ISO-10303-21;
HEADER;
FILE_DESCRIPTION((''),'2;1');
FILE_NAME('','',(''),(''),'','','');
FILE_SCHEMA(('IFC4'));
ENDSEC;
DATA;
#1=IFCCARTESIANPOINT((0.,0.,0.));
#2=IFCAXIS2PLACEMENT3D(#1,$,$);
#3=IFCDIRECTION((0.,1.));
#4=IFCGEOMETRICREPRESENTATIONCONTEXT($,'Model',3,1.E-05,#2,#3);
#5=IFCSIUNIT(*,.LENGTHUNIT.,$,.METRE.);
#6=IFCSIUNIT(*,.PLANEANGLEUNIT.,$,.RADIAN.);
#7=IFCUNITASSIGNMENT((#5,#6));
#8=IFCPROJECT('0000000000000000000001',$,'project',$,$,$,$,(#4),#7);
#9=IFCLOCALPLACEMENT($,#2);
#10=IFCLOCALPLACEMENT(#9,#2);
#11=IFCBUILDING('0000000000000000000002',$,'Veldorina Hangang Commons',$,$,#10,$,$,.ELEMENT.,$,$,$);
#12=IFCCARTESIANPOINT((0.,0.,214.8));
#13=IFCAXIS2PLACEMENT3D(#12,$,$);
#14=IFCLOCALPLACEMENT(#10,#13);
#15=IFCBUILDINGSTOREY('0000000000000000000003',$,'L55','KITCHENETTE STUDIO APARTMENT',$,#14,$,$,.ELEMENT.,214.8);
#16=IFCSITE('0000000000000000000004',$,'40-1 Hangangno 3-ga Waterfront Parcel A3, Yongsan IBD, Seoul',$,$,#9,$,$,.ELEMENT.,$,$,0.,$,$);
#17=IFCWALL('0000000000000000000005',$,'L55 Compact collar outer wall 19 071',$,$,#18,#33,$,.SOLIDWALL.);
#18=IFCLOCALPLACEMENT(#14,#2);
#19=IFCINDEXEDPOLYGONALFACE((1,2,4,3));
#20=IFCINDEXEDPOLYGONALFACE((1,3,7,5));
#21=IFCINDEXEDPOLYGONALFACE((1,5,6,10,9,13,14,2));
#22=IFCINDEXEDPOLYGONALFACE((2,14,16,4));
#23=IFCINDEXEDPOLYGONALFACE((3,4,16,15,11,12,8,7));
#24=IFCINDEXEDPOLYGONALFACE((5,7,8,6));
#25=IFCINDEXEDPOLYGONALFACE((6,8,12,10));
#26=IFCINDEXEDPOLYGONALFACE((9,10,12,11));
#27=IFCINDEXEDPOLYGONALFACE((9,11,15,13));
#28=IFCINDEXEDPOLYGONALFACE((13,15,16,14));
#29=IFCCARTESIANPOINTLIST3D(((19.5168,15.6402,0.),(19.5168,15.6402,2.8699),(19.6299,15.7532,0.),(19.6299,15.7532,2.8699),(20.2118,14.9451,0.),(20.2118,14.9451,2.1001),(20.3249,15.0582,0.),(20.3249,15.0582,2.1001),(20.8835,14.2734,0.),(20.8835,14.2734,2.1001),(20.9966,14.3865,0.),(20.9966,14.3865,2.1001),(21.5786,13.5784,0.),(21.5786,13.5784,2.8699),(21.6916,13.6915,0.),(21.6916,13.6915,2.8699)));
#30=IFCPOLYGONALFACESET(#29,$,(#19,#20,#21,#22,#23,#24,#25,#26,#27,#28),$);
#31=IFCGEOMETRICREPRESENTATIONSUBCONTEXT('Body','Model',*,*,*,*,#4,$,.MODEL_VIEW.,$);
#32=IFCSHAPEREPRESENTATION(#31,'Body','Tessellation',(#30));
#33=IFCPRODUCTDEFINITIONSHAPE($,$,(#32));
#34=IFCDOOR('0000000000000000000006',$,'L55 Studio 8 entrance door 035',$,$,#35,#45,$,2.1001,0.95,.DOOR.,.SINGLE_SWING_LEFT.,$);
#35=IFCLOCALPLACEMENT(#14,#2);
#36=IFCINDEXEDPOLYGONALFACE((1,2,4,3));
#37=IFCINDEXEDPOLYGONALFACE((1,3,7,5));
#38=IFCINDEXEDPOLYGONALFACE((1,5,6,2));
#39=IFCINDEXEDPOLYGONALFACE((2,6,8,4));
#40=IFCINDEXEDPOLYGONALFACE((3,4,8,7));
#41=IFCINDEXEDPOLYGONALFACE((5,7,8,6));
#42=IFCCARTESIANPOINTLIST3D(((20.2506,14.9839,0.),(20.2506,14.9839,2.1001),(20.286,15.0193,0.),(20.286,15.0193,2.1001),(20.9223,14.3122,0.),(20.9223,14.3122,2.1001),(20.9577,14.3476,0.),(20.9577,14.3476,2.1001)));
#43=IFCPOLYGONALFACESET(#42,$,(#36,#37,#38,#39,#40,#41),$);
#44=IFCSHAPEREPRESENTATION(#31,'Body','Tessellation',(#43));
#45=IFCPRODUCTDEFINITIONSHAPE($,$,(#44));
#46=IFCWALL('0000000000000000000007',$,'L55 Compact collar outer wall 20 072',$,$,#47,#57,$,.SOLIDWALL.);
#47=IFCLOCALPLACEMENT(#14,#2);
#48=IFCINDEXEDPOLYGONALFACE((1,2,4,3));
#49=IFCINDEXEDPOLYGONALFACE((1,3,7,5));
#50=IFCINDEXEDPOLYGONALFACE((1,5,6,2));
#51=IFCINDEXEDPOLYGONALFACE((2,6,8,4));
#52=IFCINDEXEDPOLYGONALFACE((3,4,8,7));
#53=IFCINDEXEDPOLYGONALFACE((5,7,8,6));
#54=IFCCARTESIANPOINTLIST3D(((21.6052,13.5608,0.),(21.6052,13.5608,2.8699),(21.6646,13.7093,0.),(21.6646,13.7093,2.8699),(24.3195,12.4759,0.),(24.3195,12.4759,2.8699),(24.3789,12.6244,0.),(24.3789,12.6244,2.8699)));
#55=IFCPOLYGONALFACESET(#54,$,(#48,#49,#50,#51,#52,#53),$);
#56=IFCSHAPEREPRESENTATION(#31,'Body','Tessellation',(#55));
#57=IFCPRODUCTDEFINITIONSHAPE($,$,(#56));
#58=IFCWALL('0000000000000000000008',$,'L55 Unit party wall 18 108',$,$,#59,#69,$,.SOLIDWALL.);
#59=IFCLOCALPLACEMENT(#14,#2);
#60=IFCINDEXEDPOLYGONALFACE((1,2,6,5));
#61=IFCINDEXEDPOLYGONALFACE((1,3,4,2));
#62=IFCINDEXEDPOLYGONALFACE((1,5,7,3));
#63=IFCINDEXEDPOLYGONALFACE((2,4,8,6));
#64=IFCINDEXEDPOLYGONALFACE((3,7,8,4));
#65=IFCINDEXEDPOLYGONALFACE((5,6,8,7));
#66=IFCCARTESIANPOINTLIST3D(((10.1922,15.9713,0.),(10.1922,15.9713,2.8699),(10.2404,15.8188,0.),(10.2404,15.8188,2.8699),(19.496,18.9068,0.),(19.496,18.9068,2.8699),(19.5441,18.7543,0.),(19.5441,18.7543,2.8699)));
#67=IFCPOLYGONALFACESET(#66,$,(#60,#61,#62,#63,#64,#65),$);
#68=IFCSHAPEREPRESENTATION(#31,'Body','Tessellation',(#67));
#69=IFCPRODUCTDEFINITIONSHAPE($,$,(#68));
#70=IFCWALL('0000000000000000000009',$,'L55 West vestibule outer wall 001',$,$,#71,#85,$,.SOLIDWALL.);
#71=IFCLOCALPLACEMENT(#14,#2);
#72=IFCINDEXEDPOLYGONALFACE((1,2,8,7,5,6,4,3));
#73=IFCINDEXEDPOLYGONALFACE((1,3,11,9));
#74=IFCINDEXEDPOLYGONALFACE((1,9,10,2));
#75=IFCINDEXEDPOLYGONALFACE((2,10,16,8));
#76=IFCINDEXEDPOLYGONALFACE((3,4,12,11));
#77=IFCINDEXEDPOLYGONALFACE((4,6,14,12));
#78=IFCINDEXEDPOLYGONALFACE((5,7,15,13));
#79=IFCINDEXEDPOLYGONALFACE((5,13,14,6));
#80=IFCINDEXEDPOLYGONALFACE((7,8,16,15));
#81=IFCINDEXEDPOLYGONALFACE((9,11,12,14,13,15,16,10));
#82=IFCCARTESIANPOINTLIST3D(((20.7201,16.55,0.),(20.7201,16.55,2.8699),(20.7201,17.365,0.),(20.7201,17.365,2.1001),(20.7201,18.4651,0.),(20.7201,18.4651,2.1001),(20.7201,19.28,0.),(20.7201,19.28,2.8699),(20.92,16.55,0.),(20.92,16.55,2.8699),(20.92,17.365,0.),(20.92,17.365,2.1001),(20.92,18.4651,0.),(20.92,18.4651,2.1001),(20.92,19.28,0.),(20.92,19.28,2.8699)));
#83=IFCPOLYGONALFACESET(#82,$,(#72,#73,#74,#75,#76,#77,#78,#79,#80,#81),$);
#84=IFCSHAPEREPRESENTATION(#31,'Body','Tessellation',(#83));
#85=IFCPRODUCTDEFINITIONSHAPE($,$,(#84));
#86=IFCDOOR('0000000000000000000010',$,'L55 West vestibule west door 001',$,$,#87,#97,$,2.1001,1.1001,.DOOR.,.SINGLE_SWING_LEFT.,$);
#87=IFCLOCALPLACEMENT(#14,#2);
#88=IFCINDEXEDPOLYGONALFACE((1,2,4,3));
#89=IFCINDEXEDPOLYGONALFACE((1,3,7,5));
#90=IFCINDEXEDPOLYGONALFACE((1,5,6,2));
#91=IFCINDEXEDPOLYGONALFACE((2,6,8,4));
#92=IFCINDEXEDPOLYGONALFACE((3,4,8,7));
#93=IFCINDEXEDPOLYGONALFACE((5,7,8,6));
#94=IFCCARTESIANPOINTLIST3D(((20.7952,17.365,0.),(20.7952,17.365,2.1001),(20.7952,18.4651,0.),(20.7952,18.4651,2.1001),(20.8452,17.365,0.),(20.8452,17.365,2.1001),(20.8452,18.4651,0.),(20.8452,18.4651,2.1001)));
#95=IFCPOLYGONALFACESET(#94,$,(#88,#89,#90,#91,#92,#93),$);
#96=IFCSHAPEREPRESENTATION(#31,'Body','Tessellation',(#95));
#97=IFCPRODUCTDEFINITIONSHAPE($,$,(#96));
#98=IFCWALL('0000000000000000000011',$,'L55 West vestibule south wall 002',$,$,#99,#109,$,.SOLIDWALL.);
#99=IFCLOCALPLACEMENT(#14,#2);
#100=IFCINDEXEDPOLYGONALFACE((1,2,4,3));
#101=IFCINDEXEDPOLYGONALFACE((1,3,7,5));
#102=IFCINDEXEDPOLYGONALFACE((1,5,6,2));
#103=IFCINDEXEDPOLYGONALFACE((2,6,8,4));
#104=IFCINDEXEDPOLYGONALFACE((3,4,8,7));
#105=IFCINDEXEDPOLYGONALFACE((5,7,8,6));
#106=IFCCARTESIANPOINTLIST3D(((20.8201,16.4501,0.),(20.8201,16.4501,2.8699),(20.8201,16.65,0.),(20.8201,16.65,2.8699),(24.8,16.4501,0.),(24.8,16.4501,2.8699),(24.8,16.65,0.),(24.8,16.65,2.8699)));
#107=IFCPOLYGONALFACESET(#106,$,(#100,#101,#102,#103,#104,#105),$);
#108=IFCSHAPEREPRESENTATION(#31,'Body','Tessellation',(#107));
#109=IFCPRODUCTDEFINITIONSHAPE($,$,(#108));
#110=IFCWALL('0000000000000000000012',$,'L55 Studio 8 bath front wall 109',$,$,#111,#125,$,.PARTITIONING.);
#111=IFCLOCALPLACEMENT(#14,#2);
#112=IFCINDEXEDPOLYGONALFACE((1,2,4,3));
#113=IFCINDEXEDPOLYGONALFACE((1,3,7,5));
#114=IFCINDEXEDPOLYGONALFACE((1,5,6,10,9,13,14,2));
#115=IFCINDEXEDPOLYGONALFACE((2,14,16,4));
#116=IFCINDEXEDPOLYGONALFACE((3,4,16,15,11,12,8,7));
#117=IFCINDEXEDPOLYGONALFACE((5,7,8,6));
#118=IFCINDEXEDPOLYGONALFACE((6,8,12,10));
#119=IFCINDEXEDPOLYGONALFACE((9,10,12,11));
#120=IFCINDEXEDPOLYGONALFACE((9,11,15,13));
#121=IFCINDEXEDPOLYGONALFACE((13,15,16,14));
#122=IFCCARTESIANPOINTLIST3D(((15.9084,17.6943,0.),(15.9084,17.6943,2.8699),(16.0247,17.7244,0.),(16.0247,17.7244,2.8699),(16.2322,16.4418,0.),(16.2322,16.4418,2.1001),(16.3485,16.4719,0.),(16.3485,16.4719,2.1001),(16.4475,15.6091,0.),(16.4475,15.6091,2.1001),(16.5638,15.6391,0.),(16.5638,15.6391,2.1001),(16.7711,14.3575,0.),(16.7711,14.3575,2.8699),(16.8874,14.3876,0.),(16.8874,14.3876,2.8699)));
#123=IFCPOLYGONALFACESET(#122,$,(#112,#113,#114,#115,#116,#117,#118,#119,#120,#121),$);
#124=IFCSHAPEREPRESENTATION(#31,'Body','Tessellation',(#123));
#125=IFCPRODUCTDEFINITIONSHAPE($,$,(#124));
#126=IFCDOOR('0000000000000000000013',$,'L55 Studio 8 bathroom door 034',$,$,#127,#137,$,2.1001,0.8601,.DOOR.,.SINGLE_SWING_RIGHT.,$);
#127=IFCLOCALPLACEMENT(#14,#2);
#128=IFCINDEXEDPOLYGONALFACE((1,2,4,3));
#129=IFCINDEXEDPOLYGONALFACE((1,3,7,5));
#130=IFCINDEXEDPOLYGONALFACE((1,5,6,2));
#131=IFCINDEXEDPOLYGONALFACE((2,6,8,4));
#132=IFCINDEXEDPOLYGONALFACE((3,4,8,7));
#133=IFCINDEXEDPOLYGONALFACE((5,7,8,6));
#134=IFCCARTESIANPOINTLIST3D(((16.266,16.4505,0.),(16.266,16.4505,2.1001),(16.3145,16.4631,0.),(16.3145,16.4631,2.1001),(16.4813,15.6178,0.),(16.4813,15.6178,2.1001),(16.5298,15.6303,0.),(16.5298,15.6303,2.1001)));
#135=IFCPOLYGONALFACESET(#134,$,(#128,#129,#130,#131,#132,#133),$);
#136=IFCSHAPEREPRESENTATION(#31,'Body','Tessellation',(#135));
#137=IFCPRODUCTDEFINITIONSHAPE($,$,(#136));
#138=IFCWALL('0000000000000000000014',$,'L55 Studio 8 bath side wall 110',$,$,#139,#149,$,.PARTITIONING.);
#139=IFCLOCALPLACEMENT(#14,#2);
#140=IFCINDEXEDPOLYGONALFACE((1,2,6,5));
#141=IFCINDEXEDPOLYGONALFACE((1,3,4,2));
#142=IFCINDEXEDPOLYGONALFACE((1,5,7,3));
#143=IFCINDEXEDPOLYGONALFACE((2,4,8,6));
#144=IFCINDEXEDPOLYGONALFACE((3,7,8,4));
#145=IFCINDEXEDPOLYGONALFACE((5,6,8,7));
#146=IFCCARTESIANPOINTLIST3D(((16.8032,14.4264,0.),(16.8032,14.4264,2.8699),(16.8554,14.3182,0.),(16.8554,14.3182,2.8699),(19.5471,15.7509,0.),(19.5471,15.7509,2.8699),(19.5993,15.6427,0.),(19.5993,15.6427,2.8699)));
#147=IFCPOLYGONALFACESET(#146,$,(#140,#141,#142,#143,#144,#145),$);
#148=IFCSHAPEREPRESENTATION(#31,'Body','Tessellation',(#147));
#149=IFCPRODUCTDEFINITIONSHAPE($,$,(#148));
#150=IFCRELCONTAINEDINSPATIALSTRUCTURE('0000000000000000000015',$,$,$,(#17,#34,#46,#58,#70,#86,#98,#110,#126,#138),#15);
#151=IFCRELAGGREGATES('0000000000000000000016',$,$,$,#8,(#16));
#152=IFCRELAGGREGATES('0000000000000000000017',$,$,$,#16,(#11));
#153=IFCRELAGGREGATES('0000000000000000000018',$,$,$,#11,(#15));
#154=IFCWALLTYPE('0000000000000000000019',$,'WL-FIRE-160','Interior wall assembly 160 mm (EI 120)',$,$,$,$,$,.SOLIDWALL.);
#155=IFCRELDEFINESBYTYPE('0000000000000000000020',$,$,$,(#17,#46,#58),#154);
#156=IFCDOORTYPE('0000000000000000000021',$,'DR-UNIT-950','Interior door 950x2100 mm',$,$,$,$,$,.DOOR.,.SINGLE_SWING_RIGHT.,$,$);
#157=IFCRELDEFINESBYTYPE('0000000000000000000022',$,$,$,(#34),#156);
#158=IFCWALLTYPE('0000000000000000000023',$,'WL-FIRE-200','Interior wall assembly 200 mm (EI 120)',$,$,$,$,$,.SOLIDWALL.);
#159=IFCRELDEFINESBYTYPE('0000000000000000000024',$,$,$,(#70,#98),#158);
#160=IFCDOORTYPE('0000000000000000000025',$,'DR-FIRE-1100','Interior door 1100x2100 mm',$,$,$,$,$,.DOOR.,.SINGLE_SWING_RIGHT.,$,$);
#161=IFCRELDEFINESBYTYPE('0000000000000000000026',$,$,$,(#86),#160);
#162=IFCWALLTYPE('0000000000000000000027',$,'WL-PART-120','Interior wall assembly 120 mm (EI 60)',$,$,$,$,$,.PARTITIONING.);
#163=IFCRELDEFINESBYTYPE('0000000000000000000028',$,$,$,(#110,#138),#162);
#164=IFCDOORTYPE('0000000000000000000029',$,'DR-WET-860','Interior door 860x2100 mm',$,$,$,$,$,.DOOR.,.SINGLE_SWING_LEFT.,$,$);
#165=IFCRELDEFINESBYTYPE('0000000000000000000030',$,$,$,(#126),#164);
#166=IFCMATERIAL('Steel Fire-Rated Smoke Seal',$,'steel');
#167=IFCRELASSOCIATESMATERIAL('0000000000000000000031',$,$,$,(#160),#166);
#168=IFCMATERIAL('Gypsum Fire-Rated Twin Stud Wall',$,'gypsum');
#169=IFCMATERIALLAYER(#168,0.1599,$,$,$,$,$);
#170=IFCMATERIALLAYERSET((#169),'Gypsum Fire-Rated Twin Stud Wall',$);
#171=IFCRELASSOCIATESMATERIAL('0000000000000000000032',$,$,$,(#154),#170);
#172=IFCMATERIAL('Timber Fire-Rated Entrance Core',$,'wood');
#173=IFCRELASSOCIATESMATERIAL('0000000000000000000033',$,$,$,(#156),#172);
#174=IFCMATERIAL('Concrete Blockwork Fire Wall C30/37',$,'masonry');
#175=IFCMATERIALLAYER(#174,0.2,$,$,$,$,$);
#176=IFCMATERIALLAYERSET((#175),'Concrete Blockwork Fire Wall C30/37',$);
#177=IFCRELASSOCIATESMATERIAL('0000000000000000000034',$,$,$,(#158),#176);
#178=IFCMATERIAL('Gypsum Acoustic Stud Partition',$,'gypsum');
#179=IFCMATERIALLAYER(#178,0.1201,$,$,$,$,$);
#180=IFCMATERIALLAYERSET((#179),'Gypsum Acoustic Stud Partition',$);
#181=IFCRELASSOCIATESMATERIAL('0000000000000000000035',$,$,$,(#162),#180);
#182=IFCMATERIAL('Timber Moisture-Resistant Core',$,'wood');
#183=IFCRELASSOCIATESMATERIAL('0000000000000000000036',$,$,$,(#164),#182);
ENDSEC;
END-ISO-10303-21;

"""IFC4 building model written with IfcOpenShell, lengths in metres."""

from ifc_helpers import new_model, si_unit, direction, frame, frame_2d, origin, place, context, subcontext, project, spatial, rectangle, extrude, material, layer, layer_set, type_object, element, fill, save


model = new_model("IFC4")

# Units and contexts
model_context = context("Model", 3, precision=1e-05, world=origin(), true_north=direction((0.0, 1.0)))
body_context = subcontext(model_context, "Body", "Model", "MODEL_VIEW")
ifc_project = project(units=[si_unit("LENGTHUNIT", "METRE"), si_unit("PLANEANGLEUNIT", "RADIAN")], contexts=[model_context])

# Site, building, storey
site_placement = place(None, origin())
site = spatial("IfcSite", under=ifc_project, at=site_placement, Name="40-1 Hangangno 3-ga Waterfront Parcel A3, Yongsan IBD, Seoul", CompositionType="ELEMENT", RefElevation=0.0)
building_placement = place(site_placement, origin())
building = spatial("IfcBuilding", under=site, at=building_placement, Name="Veldorina Hangang Commons", CompositionType="ELEMENT")
storey_placement = place(building_placement, frame((0.0, 0.0, 214.8)))
storey = spatial("IfcBuildingStorey", under=building, at=storey_placement, Name="L55", Description="KITCHENETTE STUDIO APARTMENT", CompositionType="ELEMENT", Elevation=214.8)

# Shared definitions
ifc_material_1 = material(Name="Steel Fire-Rated Smoke Seal", Category="steel")
door_type_1 = type_object("IfcDoorType", Name="DR-FIRE-1100", Description="Interior door 1100x2100 mm", OperationType="SINGLE_SWING_RIGHT", PredefinedType="DOOR", material=ifc_material_1)

# Shared definitions
ifc_material_2 = material(Name="Gypsum Fire-Rated Twin Stud Wall", Category="gypsum")
ifc_layer_1 = layer(ifc_material_2, 0.1599)
ifc_layer_set_1 = layer_set([ifc_layer_1], Name="Gypsum Fire-Rated Twin Stud Wall")
wall_type_1 = type_object("IfcWallType", Name="WL-FIRE-160", Description="Interior wall assembly 160 mm (EI 120)", PredefinedType="SOLIDWALL", material=ifc_layer_set_1)

# Wall, opening, door
wall_1_placement = place(storey_placement, frame((19.5732, 15.6968, 0.0), z_axis=(0.0, 0.0, 1.0), x_axis=(0.707107, -0.707107, 0.0)))
wall_1 = element("IfcWall", 1, at=wall_1_placement, inside=storey, type_object=wall_type_1, Name="L55 Compact collar outer wall 19 071", PredefinedType="SOLIDWALL", context=body_context, shape_type="SweptSolid", body=[
    extrude(rectangle(XDim=2.9158, YDim=0.1599, at=frame_2d((1.458, 0.0))), origin(), (0.0, 0.0, 1.0), 2.8699),
])
opening_1_placement = place(wall_1_placement, frame((0.9829, 0.0, 0.0)))
opening_1 = element("IfcOpeningElement", 2, at=opening_1_placement, cuts=wall_1, PredefinedType="OPENING", context=body_context, shape_type="SweptSolid", body=[
    extrude(rectangle(XDim=0.95, YDim=2.1001, at=frame_2d((0.4751, 1.05))), frame((0.0, 0.0898, 0.0), z_axis=(0.0, -1.0, 0.0), x_axis=(1.0, 0.0, 0.0)), (0.0, 0.0, 1.0), 0.1799),
])
ifc_material_3 = material(Name="Timber Fire-Rated Entrance Core", Category="wood")
door_type_2 = type_object("IfcDoorType", Name="DR-UNIT-950", Description="Interior door 950x2100 mm", OperationType="SINGLE_SWING_RIGHT", PredefinedType="DOOR", material=ifc_material_3)
door_1_placement = place(opening_1_placement, origin())
door_1 = element("IfcDoor", 3, at=door_1_placement, inside=storey, type_object=door_type_2, Name="L55 Studio 8 entrance door 035", OperationType="SINGLE_SWING_LEFT", OverallHeight=2.1001, OverallWidth=0.95, PredefinedType="DOOR", context=body_context, shape_type="SweptSolid", body=[
    extrude(rectangle(XDim=0.95, YDim=2.1001, at=frame_2d((0.4751, 1.05))), frame((0.0, 0.0249, 0.0), z_axis=(0.0, -1.0, 0.0), x_axis=(1.0, 0.0, 0.0)), (0.0, 0.0, 1.0), 0.05),
])
fill(opening_1, door_1)

# Walls
wall_2_placement = place(storey_placement, frame((21.635, 13.635, 0.0), z_axis=(0.0, 0.0, 1.0), x_axis=(0.928569, -0.37116, 0.0)))
element("IfcWall", 4, at=wall_2_placement, inside=storey, type_object=wall_type_1, Name="L55 Compact collar outer wall 20 072", PredefinedType="SOLIDWALL", context=body_context, shape_type="SweptSolid", body=[
    extrude(rectangle(XDim=2.9231, YDim=0.1599, at=frame_2d((1.4614, 0.0))), origin(), (0.0, 0.0, 1.0), 2.8699),
])
wall_3_placement = place(storey_placement, frame((19.52, 18.8306, 0.0), z_axis=(0.0, 0.0, 1.0), x_axis=(-0.953655, -0.300901, 0.0)))
element("IfcWall", 5, at=wall_3_placement, inside=storey, type_object=wall_type_1, Name="L55 Unit party wall 18 108", PredefinedType="SOLIDWALL", context=body_context, shape_type="SweptSolid", body=[
    extrude(rectangle(XDim=9.7559, YDim=0.1599, at=frame_2d((4.8779, 0.0))), origin(), (0.0, 0.0, 1.0), 2.8699),
])

# Wall, opening, door
ifc_material_4 = material(Name="Concrete Blockwork Fire Wall C30/37", Category="masonry")
ifc_layer_2 = layer(ifc_material_4, 0.2)
ifc_layer_set_2 = layer_set([ifc_layer_2], Name="Concrete Blockwork Fire Wall C30/37")
wall_type_2 = type_object("IfcWallType", Name="WL-FIRE-200", Description="Interior wall assembly 200 mm (EI 120)", PredefinedType="SOLIDWALL", material=ifc_layer_set_2)
wall_4_placement = place(storey_placement, frame((20.8201, 16.55, 0.0), z_axis=(0.0, 0.0, 1.0), x_axis=(0.0, 1.0, 0.0)))
wall_4 = element("IfcWall", 6, at=wall_4_placement, inside=storey, type_object=wall_type_2, Name="L55 West vestibule outer wall 001", PredefinedType="SOLIDWALL", context=body_context, shape_type="SweptSolid", body=[
    extrude(rectangle(XDim=2.73, YDim=0.2, at=frame_2d((1.365, 0.0))), origin(), (0.0, 0.0, 1.0), 2.8699),
])
opening_2_placement = place(wall_4_placement, frame((0.8149, 0.0, 0.0)))
opening_2 = element("IfcOpeningElement", 7, at=opening_2_placement, cuts=wall_4, PredefinedType="OPENING", context=body_context, shape_type="SweptSolid", body=[
    extrude(rectangle(XDim=1.1001, YDim=2.1001, at=frame_2d((0.55, 1.05))), frame((0.0, 0.1099, 0.0), z_axis=(0.0, -1.0, 0.0), x_axis=(1.0, 0.0, 0.0)), (0.0, 0.0, 1.0), 0.22),
])
door_2_placement = place(opening_2_placement, origin())
door_2 = element("IfcDoor", 8, at=door_2_placement, inside=storey, type_object=door_type_1, Name="L55 West vestibule west door 001", OperationType="SINGLE_SWING_LEFT", OverallHeight=2.1001, OverallWidth=1.1001, PredefinedType="DOOR", context=body_context, shape_type="SweptSolid", body=[
    extrude(rectangle(XDim=1.1001, YDim=2.1001, at=frame_2d((0.55, 1.05))), frame((0.0, 0.0249, 0.0), z_axis=(0.0, -1.0, 0.0), x_axis=(1.0, 0.0, 0.0)), (0.0, 0.0, 1.0), 0.05),
])
fill(opening_2, door_2)

# Wall
wall_5_placement = place(storey_placement, frame((20.8201, 16.55, 0.0), z_axis=(0.0, 0.0, 1.0), x_axis=(1.0, 0.0, 0.0)))
element("IfcWall", 9, at=wall_5_placement, inside=storey, type_object=wall_type_2, Name="L55 West vestibule south wall 002", PredefinedType="SOLIDWALL", context=body_context, shape_type="SweptSolid", body=[
    extrude(rectangle(XDim=3.98, YDim=0.2, at=frame_2d((1.99, 0.0))), origin(), (0.0, 0.0, 1.0), 2.8699),
])

# Wall, opening, door
ifc_material_5 = material(Name="Gypsum Acoustic Stud Partition", Category="gypsum")
ifc_layer_3 = layer(ifc_material_5, 0.1201)
ifc_layer_set_3 = layer_set([ifc_layer_3], Name="Gypsum Acoustic Stud Partition")
wall_type_3 = type_object("IfcWallType", Name="WL-PART-120", Description="Interior wall assembly 120 mm (EI 60)", PredefinedType="PARTITIONING", material=ifc_layer_set_3)
wall_6_placement = place(storey_placement, frame((15.9666, 17.7092, 0.0), z_axis=(0.0, 0.0, 1.0), x_axis=(0.250328, -0.968161, 0.0)))
wall_6 = element("IfcWall", 10, at=wall_6_placement, inside=storey, type_object=wall_type_3, Name="L55 Studio 8 bath front wall 109", PredefinedType="PARTITIONING", context=body_context, shape_type="SweptSolid", body=[
    extrude(rectangle(XDim=3.4465, YDim=0.1201, at=frame_2d((1.7231, 0.0))), origin(), (0.0, 0.0, 1.0), 2.8699),
])
opening_3_placement = place(wall_6_placement, frame((1.2935, 0.0, 0.0)))
opening_3 = element("IfcOpeningElement", 11, at=opening_3_placement, cuts=wall_6, PredefinedType="OPENING", context=body_context, shape_type="SweptSolid", body=[
    extrude(rectangle(XDim=0.8601, YDim=2.1001, at=frame_2d((0.4302, 1.05))), frame((0.0, 0.0701, 0.0), z_axis=(0.0, -1.0, 0.0), x_axis=(1.0, 0.0, 0.0)), (0.0, 0.0, 1.0), 0.1401),
])
ifc_material_6 = material(Name="Timber Moisture-Resistant Core", Category="wood")
door_type_3 = type_object("IfcDoorType", Name="DR-WET-860", Description="Interior door 860x2100 mm", OperationType="SINGLE_SWING_LEFT", PredefinedType="DOOR", material=ifc_material_6)
door_3_placement = place(opening_3_placement, origin())
door_3 = element("IfcDoor", 12, at=door_3_placement, inside=storey, type_object=door_type_3, Name="L55 Studio 8 bathroom door 034", OperationType="SINGLE_SWING_RIGHT", OverallHeight=2.1001, OverallWidth=0.8601, PredefinedType="DOOR", context=body_context, shape_type="SweptSolid", body=[
    extrude(rectangle(XDim=0.8601, YDim=2.1001, at=frame_2d((0.4302, 1.05))), frame((0.0, 0.0249, 0.0), z_axis=(0.0, -1.0, 0.0), x_axis=(1.0, 0.0, 0.0)), (0.0, 0.0, 1.0), 0.05),
])
fill(opening_3, door_3)

# Wall
wall_7_placement = place(storey_placement, frame((19.5732, 15.6968, 0.0), z_axis=(0.0, 0.0, 1.0), x_axis=(-0.900574, -0.434702, 0.0)))
element("IfcWall", 13, at=wall_7_placement, inside=storey, type_object=wall_type_3, Name="L55 Studio 8 bath side wall 110", PredefinedType="PARTITIONING", context=body_context, shape_type="SweptSolid", body=[
    extrude(rectangle(XDim=3.0469, YDim=0.1201, at=frame_2d((1.5234, 0.0))), origin(), (0.0, 0.0, 1.0), 2.8699),
])

save(model, "model.ifc")
